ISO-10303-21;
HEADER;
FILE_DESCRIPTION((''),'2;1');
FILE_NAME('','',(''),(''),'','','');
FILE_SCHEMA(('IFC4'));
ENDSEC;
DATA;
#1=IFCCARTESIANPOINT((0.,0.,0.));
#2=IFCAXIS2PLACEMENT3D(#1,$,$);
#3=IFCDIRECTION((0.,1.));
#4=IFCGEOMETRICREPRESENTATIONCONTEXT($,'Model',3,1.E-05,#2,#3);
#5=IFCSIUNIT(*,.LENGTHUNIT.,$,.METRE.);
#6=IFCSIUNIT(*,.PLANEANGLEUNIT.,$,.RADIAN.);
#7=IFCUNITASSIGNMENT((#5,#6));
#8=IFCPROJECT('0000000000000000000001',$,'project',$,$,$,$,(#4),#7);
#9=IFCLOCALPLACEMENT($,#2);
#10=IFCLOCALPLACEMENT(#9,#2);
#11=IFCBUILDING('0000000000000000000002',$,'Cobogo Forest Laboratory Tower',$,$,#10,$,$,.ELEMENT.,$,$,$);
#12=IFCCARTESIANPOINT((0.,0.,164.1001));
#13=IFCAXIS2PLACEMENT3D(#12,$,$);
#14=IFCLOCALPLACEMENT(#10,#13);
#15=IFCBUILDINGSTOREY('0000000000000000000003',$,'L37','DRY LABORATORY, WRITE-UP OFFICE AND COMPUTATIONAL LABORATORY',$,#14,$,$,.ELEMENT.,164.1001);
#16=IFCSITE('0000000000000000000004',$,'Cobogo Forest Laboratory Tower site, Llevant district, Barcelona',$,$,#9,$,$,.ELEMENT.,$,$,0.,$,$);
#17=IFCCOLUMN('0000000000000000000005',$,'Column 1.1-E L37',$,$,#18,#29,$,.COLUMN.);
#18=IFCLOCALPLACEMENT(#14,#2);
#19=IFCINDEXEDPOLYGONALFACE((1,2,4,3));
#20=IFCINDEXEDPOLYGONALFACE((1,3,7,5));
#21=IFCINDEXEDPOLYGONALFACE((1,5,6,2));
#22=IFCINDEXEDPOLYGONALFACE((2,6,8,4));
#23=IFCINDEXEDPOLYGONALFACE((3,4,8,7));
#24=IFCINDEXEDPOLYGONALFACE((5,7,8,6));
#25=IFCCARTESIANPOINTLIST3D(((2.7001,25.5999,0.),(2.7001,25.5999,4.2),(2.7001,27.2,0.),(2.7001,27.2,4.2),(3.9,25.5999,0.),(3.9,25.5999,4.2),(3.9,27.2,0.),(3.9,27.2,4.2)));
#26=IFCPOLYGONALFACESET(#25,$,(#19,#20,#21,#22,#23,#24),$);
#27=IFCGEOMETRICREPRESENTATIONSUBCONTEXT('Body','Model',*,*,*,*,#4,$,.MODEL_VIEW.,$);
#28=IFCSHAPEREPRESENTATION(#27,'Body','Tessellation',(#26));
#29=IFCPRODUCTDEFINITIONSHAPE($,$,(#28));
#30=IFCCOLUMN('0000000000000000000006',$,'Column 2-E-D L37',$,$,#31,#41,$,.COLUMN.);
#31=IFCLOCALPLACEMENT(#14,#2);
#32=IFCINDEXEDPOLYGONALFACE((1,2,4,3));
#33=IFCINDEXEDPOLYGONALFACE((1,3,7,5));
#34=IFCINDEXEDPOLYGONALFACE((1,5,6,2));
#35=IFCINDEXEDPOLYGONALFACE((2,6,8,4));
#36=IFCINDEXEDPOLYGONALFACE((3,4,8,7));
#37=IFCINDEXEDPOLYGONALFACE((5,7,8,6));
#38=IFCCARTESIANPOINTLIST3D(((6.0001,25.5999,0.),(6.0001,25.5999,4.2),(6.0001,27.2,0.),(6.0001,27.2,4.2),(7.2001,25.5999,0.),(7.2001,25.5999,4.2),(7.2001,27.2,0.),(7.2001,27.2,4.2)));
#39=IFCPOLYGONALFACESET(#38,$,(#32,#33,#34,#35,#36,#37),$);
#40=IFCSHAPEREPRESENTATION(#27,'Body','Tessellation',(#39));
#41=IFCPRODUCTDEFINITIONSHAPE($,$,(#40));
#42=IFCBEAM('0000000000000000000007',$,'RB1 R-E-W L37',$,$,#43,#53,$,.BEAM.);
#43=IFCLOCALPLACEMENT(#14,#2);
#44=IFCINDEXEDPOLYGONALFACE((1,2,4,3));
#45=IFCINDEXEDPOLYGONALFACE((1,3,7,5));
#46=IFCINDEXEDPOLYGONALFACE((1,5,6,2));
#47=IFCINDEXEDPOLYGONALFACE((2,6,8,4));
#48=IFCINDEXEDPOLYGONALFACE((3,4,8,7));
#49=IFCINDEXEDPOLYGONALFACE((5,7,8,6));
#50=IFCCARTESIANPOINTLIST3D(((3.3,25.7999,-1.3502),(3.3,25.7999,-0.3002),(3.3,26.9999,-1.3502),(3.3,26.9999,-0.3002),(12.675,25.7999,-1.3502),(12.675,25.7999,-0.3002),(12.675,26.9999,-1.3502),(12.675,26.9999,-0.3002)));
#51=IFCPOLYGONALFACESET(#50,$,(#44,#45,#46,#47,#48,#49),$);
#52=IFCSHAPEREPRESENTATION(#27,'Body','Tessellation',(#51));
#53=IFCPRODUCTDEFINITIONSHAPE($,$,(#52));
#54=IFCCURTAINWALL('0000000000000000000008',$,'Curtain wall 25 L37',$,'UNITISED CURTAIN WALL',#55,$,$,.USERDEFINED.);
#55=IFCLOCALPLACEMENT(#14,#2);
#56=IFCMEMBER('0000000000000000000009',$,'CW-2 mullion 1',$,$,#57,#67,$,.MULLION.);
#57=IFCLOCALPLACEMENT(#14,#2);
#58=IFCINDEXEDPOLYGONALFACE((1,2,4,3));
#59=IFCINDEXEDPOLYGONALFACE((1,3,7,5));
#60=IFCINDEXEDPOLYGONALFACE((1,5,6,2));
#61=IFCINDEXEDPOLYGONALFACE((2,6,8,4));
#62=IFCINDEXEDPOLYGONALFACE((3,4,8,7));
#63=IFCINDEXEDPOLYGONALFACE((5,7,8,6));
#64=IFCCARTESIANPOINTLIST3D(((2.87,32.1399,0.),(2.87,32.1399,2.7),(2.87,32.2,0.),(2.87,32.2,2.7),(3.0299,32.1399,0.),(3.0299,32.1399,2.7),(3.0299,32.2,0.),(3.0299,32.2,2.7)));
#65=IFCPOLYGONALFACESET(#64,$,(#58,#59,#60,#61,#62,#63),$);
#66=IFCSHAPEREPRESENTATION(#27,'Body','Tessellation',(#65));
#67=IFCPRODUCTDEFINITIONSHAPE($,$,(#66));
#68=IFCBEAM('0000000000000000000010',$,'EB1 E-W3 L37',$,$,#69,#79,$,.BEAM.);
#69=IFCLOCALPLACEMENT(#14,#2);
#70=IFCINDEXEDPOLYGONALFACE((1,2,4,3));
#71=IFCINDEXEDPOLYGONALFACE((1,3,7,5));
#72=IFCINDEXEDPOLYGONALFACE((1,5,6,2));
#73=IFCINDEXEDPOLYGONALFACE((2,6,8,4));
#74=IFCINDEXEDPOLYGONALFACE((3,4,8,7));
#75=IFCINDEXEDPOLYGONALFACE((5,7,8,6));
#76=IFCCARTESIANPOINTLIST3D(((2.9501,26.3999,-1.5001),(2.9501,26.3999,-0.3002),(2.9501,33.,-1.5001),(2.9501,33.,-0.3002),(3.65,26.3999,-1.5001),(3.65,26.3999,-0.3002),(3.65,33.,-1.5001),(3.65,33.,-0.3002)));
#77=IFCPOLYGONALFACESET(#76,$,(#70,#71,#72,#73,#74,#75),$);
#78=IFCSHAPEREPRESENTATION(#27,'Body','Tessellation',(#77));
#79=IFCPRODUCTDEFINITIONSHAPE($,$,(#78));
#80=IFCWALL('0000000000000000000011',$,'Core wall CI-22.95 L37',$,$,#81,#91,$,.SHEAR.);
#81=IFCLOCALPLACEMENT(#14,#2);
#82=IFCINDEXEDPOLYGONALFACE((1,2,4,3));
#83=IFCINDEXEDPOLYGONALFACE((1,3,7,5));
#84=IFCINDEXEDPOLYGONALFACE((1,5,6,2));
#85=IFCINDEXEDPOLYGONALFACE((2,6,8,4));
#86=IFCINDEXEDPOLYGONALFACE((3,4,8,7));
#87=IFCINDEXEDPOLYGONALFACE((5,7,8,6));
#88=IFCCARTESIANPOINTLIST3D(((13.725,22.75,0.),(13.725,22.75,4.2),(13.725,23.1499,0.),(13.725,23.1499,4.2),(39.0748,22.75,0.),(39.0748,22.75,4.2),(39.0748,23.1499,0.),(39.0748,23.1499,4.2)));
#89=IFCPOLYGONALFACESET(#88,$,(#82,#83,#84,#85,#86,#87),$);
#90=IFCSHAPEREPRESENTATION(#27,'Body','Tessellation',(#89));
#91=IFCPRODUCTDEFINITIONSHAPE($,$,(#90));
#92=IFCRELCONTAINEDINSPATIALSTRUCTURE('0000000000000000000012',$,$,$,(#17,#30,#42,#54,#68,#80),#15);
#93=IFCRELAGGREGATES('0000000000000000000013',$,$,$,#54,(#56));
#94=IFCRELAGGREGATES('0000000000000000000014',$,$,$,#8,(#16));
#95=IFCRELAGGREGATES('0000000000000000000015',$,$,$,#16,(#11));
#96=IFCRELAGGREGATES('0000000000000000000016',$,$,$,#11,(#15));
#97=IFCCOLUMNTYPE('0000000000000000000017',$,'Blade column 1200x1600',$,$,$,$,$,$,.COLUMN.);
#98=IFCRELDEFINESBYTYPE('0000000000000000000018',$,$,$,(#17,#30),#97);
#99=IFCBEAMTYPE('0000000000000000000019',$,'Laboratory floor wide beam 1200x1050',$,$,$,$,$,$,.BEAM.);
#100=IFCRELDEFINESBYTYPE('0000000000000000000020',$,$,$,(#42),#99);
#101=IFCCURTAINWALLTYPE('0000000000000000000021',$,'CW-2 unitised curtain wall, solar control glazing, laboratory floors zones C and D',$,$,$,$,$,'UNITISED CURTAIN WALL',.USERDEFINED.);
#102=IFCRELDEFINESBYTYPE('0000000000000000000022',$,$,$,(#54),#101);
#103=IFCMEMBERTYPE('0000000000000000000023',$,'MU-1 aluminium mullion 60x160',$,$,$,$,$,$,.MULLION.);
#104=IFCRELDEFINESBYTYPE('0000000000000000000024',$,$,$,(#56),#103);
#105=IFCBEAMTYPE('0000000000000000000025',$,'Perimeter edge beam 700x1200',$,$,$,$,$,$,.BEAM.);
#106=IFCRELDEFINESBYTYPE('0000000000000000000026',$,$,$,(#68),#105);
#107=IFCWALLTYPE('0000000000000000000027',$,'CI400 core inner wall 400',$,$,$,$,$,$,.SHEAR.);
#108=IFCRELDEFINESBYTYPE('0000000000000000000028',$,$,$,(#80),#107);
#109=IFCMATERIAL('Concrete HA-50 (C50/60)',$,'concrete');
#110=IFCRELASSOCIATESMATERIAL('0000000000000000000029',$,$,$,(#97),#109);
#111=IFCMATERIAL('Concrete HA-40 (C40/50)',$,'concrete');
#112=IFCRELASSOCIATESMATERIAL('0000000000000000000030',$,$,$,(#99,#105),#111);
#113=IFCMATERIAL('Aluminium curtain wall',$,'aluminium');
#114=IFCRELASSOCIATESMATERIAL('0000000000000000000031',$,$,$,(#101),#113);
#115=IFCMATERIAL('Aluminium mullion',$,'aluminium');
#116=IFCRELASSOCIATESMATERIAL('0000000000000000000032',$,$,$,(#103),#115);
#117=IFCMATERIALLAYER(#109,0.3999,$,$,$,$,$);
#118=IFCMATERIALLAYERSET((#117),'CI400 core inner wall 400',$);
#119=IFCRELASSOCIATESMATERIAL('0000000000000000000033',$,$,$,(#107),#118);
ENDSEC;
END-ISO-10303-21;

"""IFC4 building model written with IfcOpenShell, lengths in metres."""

from ifc_helpers import new_model, si_unit, direction, frame, frame_2d, origin, origin_2d, place, context, subcontext, project, spatial, rectangle, extrude, material, layer, layer_set, material_profile, profile_set, type_object, element, aggregate, save


model = new_model("IFC4")

# Units and contexts
model_context = context("Model", 3, precision=1e-05, world=origin(), true_north=direction((0.0, 1.0)))
body_context = subcontext(model_context, "Body", "Model", "MODEL_VIEW")
ifc_project = project(units=[si_unit("LENGTHUNIT", "METRE"), si_unit("PLANEANGLEUNIT", "RADIAN")], contexts=[model_context])

# Site, building, storey
site_placement = place(None, origin())
site = spatial("IfcSite", under=ifc_project, at=site_placement, Name="Cobogo Forest Laboratory Tower site, Llevant district, Barcelona", CompositionType="ELEMENT", RefElevation=0.0)
building_placement = place(site_placement, origin())
building = spatial("IfcBuilding", under=site, at=building_placement, Name="Cobogo Forest Laboratory Tower", CompositionType="ELEMENT")
storey_placement = place(building_placement, frame((0.0, 0.0, 164.1001)))
storey = spatial("IfcBuildingStorey", under=building, at=storey_placement, Name="L37", Description="DRY LABORATORY, WRITE-UP OFFICE AND COMPUTATIONAL LABORATORY", CompositionType="ELEMENT", Elevation=164.1001)

# Columns
ifc_material_1 = material(Name="Concrete HA-50 (C50/60)", Category="concrete")
ifc_material_profile_1 = material_profile(ifc_material_1, rectangle(XDim=1.6001, YDim=1.2, at=origin_2d()), Name="RC 1200x1600")
ifc_profile_set_1 = profile_set([ifc_material_profile_1], Name="Concrete HA-50 (C50/60)")
column_type = type_object("IfcColumnType", Name="Blade column 1200x1600", PredefinedType="COLUMN", material=ifc_profile_set_1)
for number, where, z_axis, x_axis, name in (
    (1, (3.3, 26.3999, 0.0), (0.0, 0.0, 1.0), (0.0, 1.0, 0.0), "Column 1.1-E L37"),
    (2, (6.6001, 26.3999, 0.0), (0.0, 0.0, 1.0), (0.0, 1.0, 0.0), "Column 2-E-D L37"),
):
    element("IfcColumn", number, at=place(storey_placement, frame(where, z_axis=z_axis, x_axis=x_axis)), inside=storey, type_object=column_type, Name=name, PredefinedType="COLUMN", context=body_context, shape_type="SweptSolid", body=[
        extrude(rectangle(XDim=1.6001, YDim=1.2, at=origin_2d()), origin(), (0.0, 0.0, 1.0), 4.2),
    ])

# Beam
ifc_material_2 = material(Name="Concrete HA-40 (C40/50)", Category="concrete")
ifc_material_profile_2 = material_profile(ifc_material_2, rectangle(XDim=1.2, YDim=1.05, at=origin_2d()), Name="RC 1200x1050")
ifc_profile_set_2 = profile_set([ifc_material_profile_2], Name="Concrete HA-40 (C40/50)")
beam_type_1 = type_object("IfcBeamType", Name="Laboratory floor wide beam 1200x1050", PredefinedType="BEAM", material=ifc_profile_set_2)
beam_1_placement = place(storey_placement, frame((12.675, 26.3999, -0.8252), z_axis=(-1.0, 0.0, 0.0), x_axis=(0.0, -1.0, 0.0)))
element("IfcBeam", 3, at=beam_1_placement, inside=storey, type_object=beam_type_1, Name="RB1 R-E-W L37", PredefinedType="BEAM", context=body_context, shape_type="SweptSolid", body=[
    extrude(rectangle(XDim=1.2, YDim=1.05, at=origin_2d()), origin(), (0.0, 0.0, 1.0), 9.375),
])

# Curtain wall, member
ifc_material_3 = material(Name="Aluminium curtain wall", Category="aluminium")
curtain_wall_type = type_object("IfcCurtainWallType", Name="CW-2 unitised curtain wall, solar control glazing, laboratory floors zones C and D", ElementType="UNITISED CURTAIN WALL", PredefinedType="USERDEFINED", material=ifc_material_3)
curtain_wall_placement = place(storey_placement, origin())
curtain_wall = element("IfcCurtainWall", 4, at=curtain_wall_placement, inside=storey, type_object=curtain_wall_type, Name="Curtain wall 25 L37", ObjectType="UNITISED CURTAIN WALL", PredefinedType="USERDEFINED")
ifc_material_4 = material(Name="Aluminium mullion", Category="aluminium")
ifc_material_profile_3 = material_profile(ifc_material_4, rectangle(XDim=0.0601, YDim=0.1599, at=origin_2d()), Name="AL 60x160")
ifc_profile_set_3 = profile_set([ifc_material_profile_3], Name="Aluminium mullion")
member_type = type_object("IfcMemberType", Name="MU-1 aluminium mullion 60x160", PredefinedType="MULLION", material=ifc_profile_set_3)
member_placement = place(storey_placement, frame((2.95, 32.1699, 0.0), z_axis=(0.0, 0.0, 1.0), x_axis=(0.0, -1.0, 0.0)))
member = element("IfcMember", 5, at=member_placement, type_object=member_type, Name="CW-2 mullion 1", PredefinedType="MULLION", context=body_context, shape_type="SweptSolid", body=[
    extrude(rectangle(XDim=0.0601, YDim=0.1599, at=origin_2d()), origin(), (0.0, 0.0, 1.0), 2.7),
])
aggregate(curtain_wall, [member])

# Beam
ifc_material_profile_4 = material_profile(ifc_material_2, rectangle(XDim=0.7, YDim=1.2, at=origin_2d()), Name="RC 700x1200")
ifc_profile_set_4 = profile_set([ifc_material_profile_4], Name="Concrete HA-40 (C40/50)")
beam_type_2 = type_object("IfcBeamType", Name="Perimeter edge beam 700x1200", PredefinedType="BEAM", material=ifc_profile_set_4)
beam_2_placement = place(storey_placement, frame((3.3, 26.3999, -0.9001), z_axis=(0.0, 1.0, 0.0), x_axis=(-1.0, 0.0, 0.0)))
element("IfcBeam", 6, at=beam_2_placement, inside=storey, type_object=beam_type_2, Name="EB1 E-W3 L37", PredefinedType="BEAM", context=body_context, shape_type="SweptSolid", body=[
    extrude(rectangle(XDim=0.7, YDim=1.2, at=origin_2d()), origin(), (0.0, 0.0, 1.0), 6.6001),
])

# Wall
ifc_layer_1 = layer(ifc_material_1, 0.3999)
ifc_layer_set_1 = layer_set([ifc_layer_1], Name="CI400 core inner wall 400")
wall_type_1 = type_object("IfcWallType", Name="CI400 core inner wall 400", PredefinedType="SHEAR", material=ifc_layer_set_1)
wall_1_placement = place(storey_placement, frame((13.7251, 22.95, 0.0), z_axis=(0.0, 0.0, 1.0), x_axis=(1.0, 0.0, 0.0)))
element("IfcWall", 7, at=wall_1_placement, inside=storey, type_object=wall_type_1, Name="Core wall CI-22.95 L37", PredefinedType="SHEAR", context=body_context, shape_type="SweptSolid", body=[
    extrude(rectangle(XDim=25.3499, YDim=0.3999, at=frame_2d((12.6748, 0.0))), origin(), (0.0, 0.0, 1.0), 4.2),
])

save(model, "model.ifc")
